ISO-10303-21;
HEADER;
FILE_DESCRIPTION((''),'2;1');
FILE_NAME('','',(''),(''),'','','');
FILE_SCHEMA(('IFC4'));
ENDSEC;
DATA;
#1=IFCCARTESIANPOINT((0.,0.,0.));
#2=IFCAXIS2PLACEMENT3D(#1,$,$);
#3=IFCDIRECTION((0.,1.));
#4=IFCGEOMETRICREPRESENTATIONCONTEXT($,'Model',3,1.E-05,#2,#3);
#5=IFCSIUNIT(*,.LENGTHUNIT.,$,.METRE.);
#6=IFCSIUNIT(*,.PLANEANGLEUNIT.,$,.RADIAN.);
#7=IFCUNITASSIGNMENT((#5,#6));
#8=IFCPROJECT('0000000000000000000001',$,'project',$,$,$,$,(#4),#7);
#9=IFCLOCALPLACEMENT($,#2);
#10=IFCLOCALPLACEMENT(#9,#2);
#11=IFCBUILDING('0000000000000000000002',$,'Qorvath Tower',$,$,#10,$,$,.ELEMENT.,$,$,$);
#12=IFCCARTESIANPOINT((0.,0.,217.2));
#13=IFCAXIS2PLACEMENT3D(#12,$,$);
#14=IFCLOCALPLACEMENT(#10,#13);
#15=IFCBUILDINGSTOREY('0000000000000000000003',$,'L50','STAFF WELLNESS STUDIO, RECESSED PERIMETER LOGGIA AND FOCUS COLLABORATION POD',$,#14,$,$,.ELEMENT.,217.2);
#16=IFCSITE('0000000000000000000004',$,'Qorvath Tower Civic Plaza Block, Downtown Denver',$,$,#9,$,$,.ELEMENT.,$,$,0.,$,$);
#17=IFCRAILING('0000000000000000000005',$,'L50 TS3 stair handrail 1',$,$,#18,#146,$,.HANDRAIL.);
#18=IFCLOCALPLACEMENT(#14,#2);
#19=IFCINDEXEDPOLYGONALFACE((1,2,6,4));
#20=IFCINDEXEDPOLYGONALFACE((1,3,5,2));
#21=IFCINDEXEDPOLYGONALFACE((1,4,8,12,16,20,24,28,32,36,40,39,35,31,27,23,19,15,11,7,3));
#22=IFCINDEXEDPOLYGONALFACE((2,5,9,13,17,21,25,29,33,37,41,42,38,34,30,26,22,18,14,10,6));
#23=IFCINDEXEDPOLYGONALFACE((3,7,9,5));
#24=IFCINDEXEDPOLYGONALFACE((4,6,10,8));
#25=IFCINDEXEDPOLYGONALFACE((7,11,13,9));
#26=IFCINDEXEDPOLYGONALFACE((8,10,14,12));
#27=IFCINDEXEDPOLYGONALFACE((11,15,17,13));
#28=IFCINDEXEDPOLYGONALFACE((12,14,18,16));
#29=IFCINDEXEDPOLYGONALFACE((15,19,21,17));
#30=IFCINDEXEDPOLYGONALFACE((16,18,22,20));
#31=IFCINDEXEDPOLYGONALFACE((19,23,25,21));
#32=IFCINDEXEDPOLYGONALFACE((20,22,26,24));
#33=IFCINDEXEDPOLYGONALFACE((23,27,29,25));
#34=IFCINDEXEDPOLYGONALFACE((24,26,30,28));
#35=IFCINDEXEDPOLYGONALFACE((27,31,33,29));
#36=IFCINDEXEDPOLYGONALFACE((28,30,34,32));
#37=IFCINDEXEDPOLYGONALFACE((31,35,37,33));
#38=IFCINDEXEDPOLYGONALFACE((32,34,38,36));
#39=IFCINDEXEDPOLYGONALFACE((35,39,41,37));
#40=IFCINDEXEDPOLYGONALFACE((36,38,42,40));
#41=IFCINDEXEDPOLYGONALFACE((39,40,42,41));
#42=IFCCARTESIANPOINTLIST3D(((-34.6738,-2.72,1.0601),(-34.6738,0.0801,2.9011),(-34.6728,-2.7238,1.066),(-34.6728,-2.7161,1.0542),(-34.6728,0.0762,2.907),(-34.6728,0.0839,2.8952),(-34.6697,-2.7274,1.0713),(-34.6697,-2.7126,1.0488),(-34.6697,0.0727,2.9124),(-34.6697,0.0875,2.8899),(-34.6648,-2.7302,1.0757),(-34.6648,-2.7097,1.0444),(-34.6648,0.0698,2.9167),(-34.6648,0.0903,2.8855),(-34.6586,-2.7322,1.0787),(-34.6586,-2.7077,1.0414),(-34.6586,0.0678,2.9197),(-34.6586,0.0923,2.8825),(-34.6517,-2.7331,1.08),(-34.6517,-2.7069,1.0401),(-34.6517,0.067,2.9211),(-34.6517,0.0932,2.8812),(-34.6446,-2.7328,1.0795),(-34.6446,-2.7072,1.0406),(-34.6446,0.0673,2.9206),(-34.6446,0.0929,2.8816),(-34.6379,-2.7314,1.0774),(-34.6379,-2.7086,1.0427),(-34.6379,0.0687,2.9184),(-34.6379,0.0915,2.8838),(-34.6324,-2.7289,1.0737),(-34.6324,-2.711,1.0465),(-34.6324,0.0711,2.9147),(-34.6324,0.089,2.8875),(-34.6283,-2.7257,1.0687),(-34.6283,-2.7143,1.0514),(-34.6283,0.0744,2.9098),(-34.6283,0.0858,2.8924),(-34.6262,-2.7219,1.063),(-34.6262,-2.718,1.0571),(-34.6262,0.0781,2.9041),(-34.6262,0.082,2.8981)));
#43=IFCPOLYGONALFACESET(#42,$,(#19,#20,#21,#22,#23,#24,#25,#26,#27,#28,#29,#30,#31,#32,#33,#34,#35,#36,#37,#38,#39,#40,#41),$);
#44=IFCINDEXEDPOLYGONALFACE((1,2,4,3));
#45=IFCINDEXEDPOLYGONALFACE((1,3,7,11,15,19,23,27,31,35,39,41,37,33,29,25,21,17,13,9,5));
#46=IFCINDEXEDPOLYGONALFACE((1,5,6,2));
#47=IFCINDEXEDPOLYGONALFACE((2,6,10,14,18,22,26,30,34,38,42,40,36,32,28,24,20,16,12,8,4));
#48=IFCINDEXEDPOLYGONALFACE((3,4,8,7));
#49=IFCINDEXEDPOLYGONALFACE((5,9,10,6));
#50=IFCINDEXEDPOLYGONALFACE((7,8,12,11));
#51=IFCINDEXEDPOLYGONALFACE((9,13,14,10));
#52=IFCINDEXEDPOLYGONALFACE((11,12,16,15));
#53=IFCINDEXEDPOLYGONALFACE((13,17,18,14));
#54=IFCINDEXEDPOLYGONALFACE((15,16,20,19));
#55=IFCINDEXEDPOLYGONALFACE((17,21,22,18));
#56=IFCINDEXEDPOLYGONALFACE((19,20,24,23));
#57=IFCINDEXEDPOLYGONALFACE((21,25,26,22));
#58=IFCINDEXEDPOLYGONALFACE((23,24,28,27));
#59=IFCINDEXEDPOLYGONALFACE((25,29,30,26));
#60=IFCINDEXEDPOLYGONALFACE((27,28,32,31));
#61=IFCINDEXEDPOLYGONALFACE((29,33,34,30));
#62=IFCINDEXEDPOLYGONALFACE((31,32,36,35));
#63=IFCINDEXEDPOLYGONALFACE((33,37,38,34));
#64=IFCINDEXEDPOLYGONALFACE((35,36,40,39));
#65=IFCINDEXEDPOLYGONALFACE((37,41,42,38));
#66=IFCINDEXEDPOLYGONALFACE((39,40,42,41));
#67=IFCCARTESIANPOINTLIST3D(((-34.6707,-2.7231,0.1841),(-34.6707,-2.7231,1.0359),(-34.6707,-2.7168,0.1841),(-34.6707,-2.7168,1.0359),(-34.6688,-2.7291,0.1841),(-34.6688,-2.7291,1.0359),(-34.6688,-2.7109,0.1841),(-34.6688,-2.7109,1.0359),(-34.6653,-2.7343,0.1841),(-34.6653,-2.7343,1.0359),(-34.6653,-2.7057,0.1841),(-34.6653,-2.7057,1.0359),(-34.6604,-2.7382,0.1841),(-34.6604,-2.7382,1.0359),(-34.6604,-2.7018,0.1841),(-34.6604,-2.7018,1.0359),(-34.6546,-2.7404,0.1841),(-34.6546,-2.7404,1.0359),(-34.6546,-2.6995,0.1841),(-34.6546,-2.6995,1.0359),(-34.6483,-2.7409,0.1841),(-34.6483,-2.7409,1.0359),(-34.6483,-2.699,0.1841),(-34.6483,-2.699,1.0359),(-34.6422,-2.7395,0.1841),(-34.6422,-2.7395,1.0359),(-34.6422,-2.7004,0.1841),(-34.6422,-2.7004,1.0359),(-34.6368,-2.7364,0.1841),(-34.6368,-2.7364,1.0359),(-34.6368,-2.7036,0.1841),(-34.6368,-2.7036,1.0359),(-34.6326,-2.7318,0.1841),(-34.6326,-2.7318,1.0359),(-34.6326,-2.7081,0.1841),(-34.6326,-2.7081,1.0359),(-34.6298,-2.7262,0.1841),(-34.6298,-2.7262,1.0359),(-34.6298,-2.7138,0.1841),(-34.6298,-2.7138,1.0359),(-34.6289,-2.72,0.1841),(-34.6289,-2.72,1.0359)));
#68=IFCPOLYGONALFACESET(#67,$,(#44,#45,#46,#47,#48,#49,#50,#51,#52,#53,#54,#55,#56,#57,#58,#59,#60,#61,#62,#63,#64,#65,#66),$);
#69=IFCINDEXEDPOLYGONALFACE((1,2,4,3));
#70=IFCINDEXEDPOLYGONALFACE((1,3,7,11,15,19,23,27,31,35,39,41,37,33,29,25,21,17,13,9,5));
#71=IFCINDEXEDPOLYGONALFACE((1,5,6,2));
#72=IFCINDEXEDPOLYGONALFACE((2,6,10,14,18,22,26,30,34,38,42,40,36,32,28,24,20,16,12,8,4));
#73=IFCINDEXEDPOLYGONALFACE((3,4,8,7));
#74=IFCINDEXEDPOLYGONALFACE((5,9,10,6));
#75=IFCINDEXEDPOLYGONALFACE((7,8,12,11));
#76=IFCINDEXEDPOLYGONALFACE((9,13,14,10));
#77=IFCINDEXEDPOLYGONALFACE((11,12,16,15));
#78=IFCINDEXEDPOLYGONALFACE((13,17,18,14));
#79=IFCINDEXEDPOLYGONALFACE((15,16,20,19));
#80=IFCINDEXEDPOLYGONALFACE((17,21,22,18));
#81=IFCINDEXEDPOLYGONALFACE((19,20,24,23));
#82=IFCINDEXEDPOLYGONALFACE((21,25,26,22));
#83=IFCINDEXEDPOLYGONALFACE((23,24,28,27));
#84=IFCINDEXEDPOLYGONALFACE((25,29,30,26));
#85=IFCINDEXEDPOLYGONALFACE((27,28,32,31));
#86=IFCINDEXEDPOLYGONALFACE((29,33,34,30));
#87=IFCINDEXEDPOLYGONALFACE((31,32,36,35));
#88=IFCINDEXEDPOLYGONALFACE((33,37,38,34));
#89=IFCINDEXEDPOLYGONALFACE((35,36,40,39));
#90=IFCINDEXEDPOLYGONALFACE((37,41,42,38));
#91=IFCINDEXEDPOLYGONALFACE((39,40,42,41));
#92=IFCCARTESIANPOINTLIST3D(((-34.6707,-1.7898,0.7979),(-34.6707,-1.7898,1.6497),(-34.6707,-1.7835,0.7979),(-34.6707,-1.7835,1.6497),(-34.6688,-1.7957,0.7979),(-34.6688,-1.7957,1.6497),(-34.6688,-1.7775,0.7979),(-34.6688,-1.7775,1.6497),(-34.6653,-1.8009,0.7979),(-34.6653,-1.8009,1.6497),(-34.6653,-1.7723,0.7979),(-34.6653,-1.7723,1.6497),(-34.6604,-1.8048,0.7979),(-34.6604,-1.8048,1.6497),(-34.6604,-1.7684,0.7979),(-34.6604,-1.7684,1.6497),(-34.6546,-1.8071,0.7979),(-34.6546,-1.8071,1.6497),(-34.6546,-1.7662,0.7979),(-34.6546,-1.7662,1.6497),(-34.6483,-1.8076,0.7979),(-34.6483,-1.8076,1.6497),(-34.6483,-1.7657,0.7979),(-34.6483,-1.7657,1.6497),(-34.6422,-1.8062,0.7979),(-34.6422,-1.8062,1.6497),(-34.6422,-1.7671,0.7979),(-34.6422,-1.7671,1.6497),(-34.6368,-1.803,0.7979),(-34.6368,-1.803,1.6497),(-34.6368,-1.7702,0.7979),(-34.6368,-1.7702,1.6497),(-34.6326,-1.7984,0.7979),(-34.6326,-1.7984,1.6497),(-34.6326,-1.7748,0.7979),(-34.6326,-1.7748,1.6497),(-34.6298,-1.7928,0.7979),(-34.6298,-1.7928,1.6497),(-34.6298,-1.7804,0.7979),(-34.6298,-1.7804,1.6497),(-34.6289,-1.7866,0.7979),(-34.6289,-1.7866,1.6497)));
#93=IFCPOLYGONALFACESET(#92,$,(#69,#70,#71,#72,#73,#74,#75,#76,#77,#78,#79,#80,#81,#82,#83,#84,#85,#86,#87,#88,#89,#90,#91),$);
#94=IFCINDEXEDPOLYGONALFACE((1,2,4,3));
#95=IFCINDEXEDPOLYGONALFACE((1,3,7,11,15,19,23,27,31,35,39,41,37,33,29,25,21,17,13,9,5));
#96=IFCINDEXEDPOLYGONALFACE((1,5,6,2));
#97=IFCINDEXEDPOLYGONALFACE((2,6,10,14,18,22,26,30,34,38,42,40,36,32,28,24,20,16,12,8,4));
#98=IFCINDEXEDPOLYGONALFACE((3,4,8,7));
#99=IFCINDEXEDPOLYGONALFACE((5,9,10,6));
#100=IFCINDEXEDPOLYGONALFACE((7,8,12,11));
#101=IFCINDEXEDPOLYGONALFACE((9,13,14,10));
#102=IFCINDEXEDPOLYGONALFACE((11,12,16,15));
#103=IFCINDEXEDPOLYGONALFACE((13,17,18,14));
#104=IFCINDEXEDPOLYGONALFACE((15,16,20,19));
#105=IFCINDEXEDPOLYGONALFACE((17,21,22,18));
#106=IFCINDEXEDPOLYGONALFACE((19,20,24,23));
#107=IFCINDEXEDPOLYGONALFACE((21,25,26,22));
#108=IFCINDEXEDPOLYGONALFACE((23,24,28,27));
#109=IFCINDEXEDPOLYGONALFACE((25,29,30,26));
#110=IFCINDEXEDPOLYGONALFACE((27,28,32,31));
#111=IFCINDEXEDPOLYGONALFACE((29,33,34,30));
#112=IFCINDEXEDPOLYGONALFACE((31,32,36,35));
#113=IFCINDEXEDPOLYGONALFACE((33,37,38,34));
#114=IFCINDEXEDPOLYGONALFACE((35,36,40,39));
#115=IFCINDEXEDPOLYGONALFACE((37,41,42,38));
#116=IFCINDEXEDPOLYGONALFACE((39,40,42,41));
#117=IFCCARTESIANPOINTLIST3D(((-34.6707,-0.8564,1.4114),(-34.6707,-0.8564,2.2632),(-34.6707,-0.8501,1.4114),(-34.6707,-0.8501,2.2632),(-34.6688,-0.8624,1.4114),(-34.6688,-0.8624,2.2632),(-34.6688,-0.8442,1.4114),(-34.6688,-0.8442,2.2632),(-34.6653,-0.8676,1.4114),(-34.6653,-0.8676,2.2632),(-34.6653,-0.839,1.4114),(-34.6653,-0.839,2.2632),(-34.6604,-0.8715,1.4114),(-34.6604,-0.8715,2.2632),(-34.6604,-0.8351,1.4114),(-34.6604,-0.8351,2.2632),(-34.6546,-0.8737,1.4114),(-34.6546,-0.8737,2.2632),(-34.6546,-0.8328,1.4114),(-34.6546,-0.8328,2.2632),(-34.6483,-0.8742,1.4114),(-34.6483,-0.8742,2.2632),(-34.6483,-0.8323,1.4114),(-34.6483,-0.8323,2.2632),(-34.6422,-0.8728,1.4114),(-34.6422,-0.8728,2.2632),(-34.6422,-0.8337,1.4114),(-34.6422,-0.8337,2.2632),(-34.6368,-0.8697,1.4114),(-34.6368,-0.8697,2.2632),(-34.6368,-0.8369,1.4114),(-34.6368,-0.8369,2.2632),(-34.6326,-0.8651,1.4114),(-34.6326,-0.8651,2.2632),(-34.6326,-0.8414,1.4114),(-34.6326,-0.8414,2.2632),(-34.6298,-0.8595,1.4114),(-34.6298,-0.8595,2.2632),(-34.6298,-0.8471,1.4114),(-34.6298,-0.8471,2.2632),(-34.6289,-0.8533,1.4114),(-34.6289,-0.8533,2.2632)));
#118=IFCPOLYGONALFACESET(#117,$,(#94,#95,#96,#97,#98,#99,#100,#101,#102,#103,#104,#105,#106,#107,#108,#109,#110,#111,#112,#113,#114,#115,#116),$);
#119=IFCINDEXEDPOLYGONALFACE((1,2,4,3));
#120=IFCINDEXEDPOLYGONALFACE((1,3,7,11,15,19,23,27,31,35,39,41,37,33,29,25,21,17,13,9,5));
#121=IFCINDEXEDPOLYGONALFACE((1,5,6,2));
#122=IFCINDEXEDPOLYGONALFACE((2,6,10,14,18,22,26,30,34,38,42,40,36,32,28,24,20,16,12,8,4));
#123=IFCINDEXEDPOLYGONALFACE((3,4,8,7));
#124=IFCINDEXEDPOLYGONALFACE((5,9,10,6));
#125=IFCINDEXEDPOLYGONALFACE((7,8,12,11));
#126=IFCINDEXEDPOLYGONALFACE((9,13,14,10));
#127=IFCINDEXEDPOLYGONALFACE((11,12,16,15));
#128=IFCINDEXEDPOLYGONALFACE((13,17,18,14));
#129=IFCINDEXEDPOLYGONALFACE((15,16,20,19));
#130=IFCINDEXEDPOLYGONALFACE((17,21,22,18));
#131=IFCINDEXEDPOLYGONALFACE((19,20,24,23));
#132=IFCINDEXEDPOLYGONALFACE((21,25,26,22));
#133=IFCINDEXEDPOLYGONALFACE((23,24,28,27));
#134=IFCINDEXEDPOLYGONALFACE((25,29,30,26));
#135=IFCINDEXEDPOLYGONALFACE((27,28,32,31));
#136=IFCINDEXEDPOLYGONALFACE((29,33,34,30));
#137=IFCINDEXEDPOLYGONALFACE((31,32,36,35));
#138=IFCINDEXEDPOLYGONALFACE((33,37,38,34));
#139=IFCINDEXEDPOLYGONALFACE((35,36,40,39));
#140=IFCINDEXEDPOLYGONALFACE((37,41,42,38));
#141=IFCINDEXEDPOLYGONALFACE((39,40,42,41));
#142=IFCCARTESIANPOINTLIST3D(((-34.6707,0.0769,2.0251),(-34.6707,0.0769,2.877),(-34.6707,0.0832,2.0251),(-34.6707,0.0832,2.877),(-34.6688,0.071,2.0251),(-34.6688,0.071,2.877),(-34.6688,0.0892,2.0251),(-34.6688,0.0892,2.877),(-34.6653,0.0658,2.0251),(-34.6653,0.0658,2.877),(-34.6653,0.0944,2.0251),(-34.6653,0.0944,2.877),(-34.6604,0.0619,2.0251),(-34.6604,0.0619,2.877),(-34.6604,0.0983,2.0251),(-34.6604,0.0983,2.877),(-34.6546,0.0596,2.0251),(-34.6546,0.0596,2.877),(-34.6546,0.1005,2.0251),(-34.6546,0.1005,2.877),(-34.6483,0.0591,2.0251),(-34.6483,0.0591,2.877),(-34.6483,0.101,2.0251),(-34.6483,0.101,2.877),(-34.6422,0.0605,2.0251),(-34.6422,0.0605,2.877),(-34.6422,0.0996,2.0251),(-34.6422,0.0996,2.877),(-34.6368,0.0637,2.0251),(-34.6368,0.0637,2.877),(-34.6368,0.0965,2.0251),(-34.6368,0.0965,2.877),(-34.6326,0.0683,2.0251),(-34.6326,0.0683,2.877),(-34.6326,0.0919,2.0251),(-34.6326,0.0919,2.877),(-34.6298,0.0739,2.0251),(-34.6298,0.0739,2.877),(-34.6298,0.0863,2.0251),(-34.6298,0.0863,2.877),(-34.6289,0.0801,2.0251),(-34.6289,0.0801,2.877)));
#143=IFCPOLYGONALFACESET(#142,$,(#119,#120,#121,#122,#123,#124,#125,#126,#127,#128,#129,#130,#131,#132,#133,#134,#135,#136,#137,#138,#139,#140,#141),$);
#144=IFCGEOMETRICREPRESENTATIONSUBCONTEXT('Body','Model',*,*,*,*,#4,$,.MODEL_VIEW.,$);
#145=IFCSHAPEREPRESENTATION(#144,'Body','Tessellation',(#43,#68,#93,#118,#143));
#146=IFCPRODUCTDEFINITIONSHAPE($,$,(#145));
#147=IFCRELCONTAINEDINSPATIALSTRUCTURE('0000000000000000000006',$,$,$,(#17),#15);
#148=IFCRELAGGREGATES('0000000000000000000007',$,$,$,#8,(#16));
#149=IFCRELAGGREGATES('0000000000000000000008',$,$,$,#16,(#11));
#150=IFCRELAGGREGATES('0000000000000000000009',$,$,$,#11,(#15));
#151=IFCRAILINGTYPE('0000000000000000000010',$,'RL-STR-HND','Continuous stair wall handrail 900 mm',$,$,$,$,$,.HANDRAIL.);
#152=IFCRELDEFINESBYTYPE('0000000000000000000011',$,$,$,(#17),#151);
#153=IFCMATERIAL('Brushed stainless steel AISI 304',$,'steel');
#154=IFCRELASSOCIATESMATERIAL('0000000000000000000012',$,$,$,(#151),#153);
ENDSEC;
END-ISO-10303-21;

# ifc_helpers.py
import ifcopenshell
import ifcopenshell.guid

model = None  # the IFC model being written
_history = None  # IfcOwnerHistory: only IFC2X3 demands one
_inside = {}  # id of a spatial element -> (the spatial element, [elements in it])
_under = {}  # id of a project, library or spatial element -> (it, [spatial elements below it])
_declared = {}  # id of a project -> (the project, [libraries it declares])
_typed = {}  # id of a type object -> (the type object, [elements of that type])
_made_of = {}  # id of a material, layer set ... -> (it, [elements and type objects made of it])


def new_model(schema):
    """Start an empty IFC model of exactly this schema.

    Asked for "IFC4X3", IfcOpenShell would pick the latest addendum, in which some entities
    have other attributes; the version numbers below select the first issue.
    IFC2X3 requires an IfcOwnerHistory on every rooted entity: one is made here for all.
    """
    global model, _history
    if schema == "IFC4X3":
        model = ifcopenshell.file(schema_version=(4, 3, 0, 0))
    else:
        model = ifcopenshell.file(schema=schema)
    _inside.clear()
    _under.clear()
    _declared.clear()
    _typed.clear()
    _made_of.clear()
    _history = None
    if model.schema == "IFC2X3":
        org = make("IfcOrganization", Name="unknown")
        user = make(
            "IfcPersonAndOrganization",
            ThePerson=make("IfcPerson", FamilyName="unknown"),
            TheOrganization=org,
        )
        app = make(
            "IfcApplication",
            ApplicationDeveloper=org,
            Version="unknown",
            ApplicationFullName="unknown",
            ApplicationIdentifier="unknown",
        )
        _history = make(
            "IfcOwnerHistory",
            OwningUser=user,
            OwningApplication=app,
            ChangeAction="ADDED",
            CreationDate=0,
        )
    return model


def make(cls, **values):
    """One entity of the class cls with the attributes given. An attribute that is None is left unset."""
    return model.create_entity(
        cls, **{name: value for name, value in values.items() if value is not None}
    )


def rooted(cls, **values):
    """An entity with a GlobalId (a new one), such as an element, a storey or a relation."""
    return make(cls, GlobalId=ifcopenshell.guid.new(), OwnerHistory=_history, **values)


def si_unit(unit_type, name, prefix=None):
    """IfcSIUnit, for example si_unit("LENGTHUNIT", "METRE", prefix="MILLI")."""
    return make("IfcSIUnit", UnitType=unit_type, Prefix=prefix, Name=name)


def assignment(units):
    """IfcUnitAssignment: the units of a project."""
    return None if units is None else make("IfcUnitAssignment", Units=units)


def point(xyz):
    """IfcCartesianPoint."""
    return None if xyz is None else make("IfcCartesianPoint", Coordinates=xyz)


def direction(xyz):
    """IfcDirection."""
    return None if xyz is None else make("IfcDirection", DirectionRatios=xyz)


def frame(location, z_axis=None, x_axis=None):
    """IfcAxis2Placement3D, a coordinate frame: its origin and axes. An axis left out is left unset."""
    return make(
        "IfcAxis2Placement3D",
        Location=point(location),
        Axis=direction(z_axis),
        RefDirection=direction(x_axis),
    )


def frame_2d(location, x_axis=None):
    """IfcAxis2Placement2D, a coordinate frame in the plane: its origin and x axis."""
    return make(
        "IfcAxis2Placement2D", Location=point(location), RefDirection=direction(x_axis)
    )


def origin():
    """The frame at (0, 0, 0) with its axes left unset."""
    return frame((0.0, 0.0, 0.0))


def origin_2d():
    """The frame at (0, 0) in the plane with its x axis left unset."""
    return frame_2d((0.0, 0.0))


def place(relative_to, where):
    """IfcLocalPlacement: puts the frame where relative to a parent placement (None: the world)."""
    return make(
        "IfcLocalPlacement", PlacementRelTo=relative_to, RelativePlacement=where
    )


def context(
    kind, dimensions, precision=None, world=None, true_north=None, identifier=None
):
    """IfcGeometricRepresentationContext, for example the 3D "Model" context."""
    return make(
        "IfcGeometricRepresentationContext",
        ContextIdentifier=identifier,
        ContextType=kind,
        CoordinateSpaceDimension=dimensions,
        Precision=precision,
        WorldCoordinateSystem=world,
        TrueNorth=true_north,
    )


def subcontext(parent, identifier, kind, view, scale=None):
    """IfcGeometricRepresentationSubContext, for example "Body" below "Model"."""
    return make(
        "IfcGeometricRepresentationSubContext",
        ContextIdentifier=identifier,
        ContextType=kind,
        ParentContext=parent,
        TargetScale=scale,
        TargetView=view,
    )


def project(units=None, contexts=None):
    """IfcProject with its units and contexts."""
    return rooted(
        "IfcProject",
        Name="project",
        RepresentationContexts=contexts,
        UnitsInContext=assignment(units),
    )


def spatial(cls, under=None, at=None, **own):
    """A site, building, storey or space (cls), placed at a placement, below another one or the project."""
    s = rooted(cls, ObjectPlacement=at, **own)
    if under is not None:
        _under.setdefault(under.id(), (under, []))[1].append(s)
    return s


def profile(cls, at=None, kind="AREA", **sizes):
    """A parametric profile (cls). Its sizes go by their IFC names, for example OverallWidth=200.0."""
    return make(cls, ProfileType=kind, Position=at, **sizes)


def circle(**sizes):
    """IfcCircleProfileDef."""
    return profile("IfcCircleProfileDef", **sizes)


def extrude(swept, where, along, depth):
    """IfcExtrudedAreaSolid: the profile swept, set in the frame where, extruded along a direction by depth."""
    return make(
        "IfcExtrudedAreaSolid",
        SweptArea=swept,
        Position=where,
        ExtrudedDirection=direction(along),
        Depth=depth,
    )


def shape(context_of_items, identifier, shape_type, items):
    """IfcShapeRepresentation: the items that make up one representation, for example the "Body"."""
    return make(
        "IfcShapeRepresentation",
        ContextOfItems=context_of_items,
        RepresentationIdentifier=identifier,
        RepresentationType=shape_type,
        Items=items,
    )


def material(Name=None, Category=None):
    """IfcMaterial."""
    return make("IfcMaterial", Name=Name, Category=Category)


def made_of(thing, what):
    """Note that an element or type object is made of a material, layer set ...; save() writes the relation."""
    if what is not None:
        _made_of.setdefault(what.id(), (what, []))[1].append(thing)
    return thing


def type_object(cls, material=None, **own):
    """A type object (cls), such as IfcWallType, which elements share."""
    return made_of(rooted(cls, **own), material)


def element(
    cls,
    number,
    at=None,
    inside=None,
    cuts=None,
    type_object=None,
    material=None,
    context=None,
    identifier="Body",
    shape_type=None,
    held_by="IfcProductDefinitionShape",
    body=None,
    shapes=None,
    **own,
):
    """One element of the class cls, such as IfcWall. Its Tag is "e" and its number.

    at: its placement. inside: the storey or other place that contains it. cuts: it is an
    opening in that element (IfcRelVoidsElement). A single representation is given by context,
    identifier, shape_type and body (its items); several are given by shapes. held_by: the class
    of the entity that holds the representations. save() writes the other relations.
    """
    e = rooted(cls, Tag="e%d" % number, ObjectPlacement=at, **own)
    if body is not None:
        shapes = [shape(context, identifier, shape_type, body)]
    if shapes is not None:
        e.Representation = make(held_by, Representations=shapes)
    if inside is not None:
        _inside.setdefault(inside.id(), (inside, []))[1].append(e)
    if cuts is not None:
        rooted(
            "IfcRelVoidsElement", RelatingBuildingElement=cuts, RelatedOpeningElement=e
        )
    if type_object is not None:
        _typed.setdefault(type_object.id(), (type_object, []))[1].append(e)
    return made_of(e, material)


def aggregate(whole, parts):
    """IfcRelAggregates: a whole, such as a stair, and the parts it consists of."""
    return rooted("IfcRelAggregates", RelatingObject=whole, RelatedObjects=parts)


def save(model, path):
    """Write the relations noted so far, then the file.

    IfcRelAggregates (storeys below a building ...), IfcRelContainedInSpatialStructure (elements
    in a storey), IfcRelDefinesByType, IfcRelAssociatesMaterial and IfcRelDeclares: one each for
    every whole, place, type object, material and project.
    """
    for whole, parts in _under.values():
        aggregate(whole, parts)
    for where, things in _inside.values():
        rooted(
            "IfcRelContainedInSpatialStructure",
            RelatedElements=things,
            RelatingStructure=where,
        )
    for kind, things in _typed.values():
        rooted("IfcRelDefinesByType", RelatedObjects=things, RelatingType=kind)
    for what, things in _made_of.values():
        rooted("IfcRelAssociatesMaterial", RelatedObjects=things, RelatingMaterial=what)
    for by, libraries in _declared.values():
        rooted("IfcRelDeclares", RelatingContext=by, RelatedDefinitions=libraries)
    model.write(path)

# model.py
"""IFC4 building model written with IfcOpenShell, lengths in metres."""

from ifc_helpers import new_model, si_unit, direction, frame, origin, origin_2d, place, context, subcontext, project, spatial, circle, extrude, material, type_object, element, save


model = new_model("IFC4")

# Units and contexts
model_context = context("Model", 3, precision=1e-05, world=origin(), true_north=direction((0.0, 1.0)))
body_context = subcontext(model_context, "Body", "Model", "MODEL_VIEW")
ifc_project = project(units=[si_unit("LENGTHUNIT", "METRE"), si_unit("PLANEANGLEUNIT", "RADIAN")], contexts=[model_context])

# Site, building, storey
site_placement = place(None, origin())
site = spatial("IfcSite", under=ifc_project, at=site_placement, Name="Qorvath Tower Civic Plaza Block, Downtown Denver", CompositionType="ELEMENT", RefElevation=0.0)
building_placement = place(site_placement, origin())
building = spatial("IfcBuilding", under=site, at=building_placement, Name="Qorvath Tower", CompositionType="ELEMENT")
storey_placement = place(building_placement, frame((0.0, 0.0, 217.2)))
storey = spatial("IfcBuildingStorey", under=building, at=storey_placement, Name="L50", Description="STAFF WELLNESS STUDIO, RECESSED PERIMETER LOGGIA AND FOCUS COLLABORATION POD", CompositionType="ELEMENT", Elevation=217.2)

# Railing
ifc_material_1 = material(Name="Brushed stainless steel AISI 304", Category="steel")
railing_type_1 = type_object("IfcRailingType", Name="RL-STR-HND", Description="Continuous stair wall handrail 900 mm", PredefinedType="HANDRAIL", material=ifc_material_1)
railing_1_placement = place(storey_placement, frame((-34.6499, -2.72, 0.1841)))
element("IfcRailing", 1, at=railing_1_placement, inside=storey, type_object=railing_type_1, Name="L50 TS3 stair handrail 1", PredefinedType="HANDRAIL", context=body_context, shape_type="SweptSolid", body=[
    extrude(circle(Radius=0.0239, at=origin_2d()), frame((0.0, 0.0, 0.876), z_axis=(0.0, 0.835564, 0.549393), x_axis=(-1.0, 0.0, 0.0)), (0.0, 0.0, 1.0), 3.3511),
    extrude(circle(Radius=0.021, at=origin_2d()), origin(), (0.0, 0.0, 1.0), 0.8518),
    extrude(circle(Radius=0.021, at=origin_2d()), frame((0.0, 0.9333, 0.6138)), (0.0, 0.0, 1.0), 0.8518),
    extrude(circle(Radius=0.021, at=origin_2d()), frame((0.0, 1.8667, 1.2273)), (0.0, 0.0, 1.0), 0.8518),
    extrude(circle(Radius=0.021, at=origin_2d()), frame((0.0, 2.8, 1.8411)), (0.0, 0.0, 1.0), 0.8518),
])

save(model, "model.ifc")
